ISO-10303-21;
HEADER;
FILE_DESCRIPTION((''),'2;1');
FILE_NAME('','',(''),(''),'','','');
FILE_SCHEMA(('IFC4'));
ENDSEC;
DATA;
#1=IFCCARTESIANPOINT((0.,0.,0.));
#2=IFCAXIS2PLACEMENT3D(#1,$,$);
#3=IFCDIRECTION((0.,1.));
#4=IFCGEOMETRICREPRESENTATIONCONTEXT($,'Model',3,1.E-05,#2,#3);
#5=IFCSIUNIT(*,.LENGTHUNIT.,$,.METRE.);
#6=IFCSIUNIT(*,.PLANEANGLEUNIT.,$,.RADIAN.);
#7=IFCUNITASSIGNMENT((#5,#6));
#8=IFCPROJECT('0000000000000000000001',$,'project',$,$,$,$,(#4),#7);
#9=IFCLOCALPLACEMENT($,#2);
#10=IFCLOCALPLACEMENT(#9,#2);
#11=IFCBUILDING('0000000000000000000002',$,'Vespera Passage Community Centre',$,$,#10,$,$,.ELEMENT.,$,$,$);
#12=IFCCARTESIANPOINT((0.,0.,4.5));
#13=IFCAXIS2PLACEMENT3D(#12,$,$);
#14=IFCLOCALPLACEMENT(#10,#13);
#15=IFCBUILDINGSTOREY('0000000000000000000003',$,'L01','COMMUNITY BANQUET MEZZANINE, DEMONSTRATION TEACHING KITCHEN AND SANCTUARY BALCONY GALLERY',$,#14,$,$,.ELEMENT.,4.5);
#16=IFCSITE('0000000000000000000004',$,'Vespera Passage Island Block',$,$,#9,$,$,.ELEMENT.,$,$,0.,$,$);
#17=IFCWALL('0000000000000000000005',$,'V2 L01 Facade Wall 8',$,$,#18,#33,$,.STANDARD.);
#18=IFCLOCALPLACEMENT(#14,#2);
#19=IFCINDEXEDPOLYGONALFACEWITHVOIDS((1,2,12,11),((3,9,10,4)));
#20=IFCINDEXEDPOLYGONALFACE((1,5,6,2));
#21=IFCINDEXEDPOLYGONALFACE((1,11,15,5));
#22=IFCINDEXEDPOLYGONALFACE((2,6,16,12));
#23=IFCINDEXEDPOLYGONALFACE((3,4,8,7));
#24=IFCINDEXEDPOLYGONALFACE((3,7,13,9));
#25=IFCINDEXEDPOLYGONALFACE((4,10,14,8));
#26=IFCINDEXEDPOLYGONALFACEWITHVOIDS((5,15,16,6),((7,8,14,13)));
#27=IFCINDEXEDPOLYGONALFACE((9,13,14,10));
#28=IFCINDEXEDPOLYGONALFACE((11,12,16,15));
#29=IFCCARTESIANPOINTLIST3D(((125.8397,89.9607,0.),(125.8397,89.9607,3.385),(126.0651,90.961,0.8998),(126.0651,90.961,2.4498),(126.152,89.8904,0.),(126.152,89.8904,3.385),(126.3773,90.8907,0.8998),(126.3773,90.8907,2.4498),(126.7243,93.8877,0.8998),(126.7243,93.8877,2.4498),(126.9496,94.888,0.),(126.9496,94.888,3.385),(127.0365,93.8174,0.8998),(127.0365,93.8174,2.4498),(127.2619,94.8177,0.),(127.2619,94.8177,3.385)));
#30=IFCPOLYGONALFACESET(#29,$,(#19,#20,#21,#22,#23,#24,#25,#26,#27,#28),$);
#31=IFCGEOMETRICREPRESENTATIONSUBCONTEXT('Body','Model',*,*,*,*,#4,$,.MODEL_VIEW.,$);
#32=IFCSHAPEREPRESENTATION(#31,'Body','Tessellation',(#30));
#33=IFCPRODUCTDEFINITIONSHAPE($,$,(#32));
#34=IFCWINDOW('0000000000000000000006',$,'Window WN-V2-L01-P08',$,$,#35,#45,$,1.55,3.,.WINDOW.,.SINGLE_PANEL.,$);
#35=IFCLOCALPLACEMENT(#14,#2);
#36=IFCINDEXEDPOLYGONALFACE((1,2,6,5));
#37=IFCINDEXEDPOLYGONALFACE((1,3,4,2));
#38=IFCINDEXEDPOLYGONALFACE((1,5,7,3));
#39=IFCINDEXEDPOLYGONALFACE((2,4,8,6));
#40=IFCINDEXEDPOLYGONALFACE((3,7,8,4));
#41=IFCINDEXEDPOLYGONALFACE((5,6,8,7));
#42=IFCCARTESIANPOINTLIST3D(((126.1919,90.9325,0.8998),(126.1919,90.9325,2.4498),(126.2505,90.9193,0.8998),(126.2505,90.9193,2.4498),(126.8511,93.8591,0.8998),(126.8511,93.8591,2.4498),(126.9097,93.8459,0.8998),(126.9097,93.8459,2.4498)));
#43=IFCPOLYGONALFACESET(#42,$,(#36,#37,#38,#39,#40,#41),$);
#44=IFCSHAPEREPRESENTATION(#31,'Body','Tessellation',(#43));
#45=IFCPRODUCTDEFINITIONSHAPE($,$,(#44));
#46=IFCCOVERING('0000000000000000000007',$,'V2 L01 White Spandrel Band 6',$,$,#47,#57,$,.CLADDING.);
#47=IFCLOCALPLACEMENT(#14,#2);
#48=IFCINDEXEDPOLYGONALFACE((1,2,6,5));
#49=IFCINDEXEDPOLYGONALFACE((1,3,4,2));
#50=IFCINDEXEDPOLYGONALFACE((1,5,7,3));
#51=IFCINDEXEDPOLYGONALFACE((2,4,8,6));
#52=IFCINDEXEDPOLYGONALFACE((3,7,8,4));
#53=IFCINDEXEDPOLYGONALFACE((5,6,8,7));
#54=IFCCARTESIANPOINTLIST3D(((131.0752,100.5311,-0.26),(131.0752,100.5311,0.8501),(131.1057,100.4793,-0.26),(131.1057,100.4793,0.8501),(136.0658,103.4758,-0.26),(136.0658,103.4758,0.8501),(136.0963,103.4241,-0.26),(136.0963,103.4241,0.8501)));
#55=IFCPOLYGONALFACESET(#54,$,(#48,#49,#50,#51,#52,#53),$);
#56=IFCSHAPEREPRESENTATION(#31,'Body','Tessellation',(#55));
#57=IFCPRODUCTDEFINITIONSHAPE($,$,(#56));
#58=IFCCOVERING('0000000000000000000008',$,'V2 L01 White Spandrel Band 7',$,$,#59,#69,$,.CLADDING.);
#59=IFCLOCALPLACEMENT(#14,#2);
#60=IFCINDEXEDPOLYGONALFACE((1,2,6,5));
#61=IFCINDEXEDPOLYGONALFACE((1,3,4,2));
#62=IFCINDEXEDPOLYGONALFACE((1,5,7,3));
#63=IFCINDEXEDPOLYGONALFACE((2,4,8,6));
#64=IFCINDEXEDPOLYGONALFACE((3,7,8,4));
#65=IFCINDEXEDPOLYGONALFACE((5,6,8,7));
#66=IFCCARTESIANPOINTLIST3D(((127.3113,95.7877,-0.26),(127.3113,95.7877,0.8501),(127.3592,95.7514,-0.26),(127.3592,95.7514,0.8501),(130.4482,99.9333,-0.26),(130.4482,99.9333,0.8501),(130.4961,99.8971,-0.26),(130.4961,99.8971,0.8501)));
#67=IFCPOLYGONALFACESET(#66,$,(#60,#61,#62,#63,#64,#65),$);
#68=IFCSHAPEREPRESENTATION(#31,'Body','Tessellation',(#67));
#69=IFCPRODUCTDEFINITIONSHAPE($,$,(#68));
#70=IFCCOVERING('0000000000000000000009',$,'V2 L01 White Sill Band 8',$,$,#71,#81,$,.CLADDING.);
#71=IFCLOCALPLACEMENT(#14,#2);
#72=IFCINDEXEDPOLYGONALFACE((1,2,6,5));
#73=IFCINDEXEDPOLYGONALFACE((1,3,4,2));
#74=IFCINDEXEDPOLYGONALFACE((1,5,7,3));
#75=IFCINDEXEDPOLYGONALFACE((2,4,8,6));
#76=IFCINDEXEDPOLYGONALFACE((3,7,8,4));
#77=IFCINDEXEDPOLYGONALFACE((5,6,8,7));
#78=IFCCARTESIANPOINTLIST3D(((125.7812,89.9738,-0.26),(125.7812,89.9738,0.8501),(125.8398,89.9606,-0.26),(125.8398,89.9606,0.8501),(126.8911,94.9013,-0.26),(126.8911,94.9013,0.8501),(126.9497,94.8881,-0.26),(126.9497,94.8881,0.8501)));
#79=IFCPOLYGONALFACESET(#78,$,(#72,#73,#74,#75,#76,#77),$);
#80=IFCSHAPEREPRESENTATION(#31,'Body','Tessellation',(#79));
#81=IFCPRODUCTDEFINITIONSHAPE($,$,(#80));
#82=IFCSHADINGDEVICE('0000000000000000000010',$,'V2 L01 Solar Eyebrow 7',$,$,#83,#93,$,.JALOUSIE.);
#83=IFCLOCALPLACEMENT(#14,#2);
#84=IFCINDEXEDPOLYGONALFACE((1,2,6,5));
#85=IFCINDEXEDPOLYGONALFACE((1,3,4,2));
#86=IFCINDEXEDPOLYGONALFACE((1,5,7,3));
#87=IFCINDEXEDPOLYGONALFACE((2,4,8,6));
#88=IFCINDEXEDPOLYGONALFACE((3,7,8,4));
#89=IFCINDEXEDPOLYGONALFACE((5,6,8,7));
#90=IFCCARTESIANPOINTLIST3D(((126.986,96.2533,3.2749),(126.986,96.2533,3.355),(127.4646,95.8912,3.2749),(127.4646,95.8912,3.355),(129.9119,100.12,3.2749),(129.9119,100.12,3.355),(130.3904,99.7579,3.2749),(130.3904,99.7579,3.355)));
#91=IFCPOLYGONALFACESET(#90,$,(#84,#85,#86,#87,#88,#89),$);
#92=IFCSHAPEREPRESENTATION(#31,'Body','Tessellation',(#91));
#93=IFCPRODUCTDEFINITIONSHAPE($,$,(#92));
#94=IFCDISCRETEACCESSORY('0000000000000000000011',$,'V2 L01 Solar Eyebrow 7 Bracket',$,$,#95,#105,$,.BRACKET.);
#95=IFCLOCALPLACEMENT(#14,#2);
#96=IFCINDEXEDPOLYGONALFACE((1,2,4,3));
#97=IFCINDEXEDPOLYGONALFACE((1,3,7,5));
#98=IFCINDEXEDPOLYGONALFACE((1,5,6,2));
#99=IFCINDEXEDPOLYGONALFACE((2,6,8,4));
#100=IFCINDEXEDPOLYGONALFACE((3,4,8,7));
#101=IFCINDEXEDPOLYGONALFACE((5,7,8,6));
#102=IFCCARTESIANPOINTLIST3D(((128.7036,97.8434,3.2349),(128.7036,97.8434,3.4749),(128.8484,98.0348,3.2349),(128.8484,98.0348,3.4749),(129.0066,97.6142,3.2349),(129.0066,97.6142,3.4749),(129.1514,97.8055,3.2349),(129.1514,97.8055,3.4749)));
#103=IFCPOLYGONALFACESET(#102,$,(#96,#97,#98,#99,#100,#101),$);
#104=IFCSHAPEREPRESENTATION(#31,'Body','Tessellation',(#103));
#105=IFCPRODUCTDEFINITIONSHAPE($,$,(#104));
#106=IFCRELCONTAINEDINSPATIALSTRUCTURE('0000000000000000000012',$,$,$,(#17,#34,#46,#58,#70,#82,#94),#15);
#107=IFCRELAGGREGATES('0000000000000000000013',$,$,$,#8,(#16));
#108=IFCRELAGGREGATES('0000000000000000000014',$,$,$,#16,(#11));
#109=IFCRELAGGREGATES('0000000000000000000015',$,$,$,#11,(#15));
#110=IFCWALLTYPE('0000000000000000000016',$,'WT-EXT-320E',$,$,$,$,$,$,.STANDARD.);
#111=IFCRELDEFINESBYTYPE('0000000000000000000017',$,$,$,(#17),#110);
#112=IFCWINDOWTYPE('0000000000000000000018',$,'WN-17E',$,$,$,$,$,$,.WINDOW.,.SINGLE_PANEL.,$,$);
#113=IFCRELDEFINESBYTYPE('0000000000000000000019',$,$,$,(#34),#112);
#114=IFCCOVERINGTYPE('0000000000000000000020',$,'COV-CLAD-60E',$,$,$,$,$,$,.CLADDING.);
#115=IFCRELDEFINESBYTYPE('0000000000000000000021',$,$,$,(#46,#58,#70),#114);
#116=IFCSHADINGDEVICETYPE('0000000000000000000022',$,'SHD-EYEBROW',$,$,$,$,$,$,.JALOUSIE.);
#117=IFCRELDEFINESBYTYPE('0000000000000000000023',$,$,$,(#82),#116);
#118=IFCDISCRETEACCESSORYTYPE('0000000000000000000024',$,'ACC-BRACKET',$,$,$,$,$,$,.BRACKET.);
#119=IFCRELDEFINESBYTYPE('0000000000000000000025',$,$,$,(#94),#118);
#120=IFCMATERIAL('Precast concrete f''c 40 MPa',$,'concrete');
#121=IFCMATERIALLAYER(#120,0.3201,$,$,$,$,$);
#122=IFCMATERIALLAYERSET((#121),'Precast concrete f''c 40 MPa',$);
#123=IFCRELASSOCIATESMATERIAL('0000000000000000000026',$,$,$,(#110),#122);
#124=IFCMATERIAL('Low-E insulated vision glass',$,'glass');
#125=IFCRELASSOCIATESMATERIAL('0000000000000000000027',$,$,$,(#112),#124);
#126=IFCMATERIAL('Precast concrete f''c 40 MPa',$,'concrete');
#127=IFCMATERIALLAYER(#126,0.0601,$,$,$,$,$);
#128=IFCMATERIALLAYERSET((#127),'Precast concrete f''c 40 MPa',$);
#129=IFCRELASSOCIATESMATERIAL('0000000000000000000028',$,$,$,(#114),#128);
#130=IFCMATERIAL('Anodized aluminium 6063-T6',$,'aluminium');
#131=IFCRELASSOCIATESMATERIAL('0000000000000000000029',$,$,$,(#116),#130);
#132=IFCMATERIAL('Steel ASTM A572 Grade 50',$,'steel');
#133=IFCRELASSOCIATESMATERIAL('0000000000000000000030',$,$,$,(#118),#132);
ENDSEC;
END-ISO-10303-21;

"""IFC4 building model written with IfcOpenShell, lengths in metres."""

from ifc_helpers import new_model, si_unit, direction, frame, frame_2d, origin, origin_2d, place, context, subcontext, project, spatial, rectangle, extrude, material, layer, layer_set, type_object, element, fill, save


model = new_model("IFC4")

# Units and contexts
model_context = context("Model", 3, precision=1e-05, world=origin(), true_north=direction((0.0, 1.0)))
body_context = subcontext(model_context, "Body", "Model", "MODEL_VIEW")
ifc_project = project(units=[si_unit("LENGTHUNIT", "METRE"), si_unit("PLANEANGLEUNIT", "RADIAN")], contexts=[model_context])

# Site, building, storey
site_placement = place(None, origin())
site = spatial("IfcSite", under=ifc_project, at=site_placement, Name="Vespera Passage Island Block", CompositionType="ELEMENT", RefElevation=0.0)
building_placement = place(site_placement, origin())
building = spatial("IfcBuilding", under=site, at=building_placement, Name="Vespera Passage Community Centre", CompositionType="ELEMENT")
storey_placement = place(building_placement, frame((0.0, 0.0, 4.5)))
storey = spatial("IfcBuildingStorey", under=building, at=storey_placement, Name="L01", Description="COMMUNITY BANQUET MEZZANINE, DEMONSTRATION TEACHING KITCHEN AND SANCTUARY BALCONY GALLERY", CompositionType="ELEMENT", Elevation=4.5)

# Shared definitions
ifc_material_1 = material(Name="Precast concrete f'c 40 MPa", Category="concrete")
ifc_layer_1 = layer(ifc_material_1, 0.3201)
ifc_layer_set_1 = layer_set([ifc_layer_1], Name="Precast concrete f'c 40 MPa")
wall_type = type_object("IfcWallType", Name="WT-EXT-320E", PredefinedType="STANDARD", material=ifc_layer_set_1)

# Wall, opening, window
wall_1_placement = place(storey_placement, frame((125.9958, 89.9255, 0.0), z_axis=(0.0, 0.0, 1.0), x_axis=(0.219745, 0.975557, 0.0)))
wall_1 = element("IfcWall", 1, at=wall_1_placement, inside=storey, type_object=wall_type, Name="V2 L01 Facade Wall 8", PredefinedType="STANDARD", context=body_context, shape_type="SweptSolid", body=[
    extrude(rectangle(XDim=5.0508, YDim=0.3201, at=frame_2d((2.5254, 0.0))), origin(), (0.0, 0.0, 1.0), 3.385),
])
opening_placement = place(wall_1_placement, frame((1.0254, 0.0, 0.8999)))
opening = element("IfcOpeningElement", 2, at=opening_placement, cuts=wall_1, PredefinedType="OPENING", context=body_context, shape_type="SweptSolid", body=[
    extrude(rectangle(XDim=3.0, YDim=1.55, at=frame_2d((1.5, 0.7749))), frame((0.0, 0.1702, 0.0), z_axis=(0.0, -1.0, 0.0), x_axis=(1.0, 0.0, 0.0)), (0.0, 0.0, 1.0), 0.3401),
])
ifc_material_2 = material(Name="Low-E insulated vision glass", Category="glass")
window_type = type_object("IfcWindowType", Name="WN-17E", PartitioningType="SINGLE_PANEL", PredefinedType="WINDOW", material=ifc_material_2)
window_placement = place(opening_placement, origin())
window = element("IfcWindow", 3, at=window_placement, inside=storey, type_object=window_type, Name="Window WN-V2-L01-P08", OverallHeight=1.55, OverallWidth=3.0, PartitioningType="SINGLE_PANEL", PredefinedType="WINDOW", context=body_context, shape_type="SweptSolid", body=[
    extrude(rectangle(XDim=3.0, YDim=1.55, at=frame_2d((1.5, 0.7749))), frame((0.0, 0.03, 0.0), z_axis=(0.0, -1.0, 0.0), x_axis=(1.0, 0.0, 0.0)), (0.0, 0.0, 1.0), 0.0601),
])
fill(opening, window)

# Coverings
ifc_material_3 = material(Name="Precast concrete f'c 40 MPa", Category="concrete")
ifc_layer_2 = layer(ifc_material_3, 0.0601)
ifc_layer_set_2 = layer_set([ifc_layer_2], Name="Precast concrete f'c 40 MPa")
covering_type = type_object("IfcCoveringType", Name="COV-CLAD-60E", PredefinedType="CLADDING", material=ifc_layer_set_2)
covering_1_placement = place(storey_placement, frame((131.0903, 100.5051, -0.26), z_axis=(0.0, 0.0, 1.0), x_axis=(0.861247, 0.508187, 0.0)))
element("IfcCovering", 4, at=covering_1_placement, inside=storey, type_object=covering_type, Name="V2 L01 White Spandrel Band 6", PredefinedType="CLADDING", context=body_context, shape_type="SweptSolid", body=[
    extrude(rectangle(XDim=5.7947, YDim=0.0601, at=frame_2d((2.8975, 0.0))), origin(), (0.0, 0.0, 1.0), 1.1101),
])
covering_2_placement = place(storey_placement, frame((127.3352, 95.7695, -0.26), z_axis=(0.0, 0.0, 1.0), x_axis=(0.603398, 0.79744, 0.0)))
element("IfcCovering", 5, at=covering_2_placement, inside=storey, type_object=covering_type, Name="V2 L01 White Spandrel Band 7", PredefinedType="CLADDING", context=body_context, shape_type="SweptSolid", body=[
    extrude(rectangle(XDim=5.1987, YDim=0.0601, at=frame_2d((2.5994, 0.0))), origin(), (0.0, 0.0, 1.0), 1.1101),
])
covering_3_placement = place(storey_placement, frame((125.8105, 89.9673, -0.26), z_axis=(0.0, 0.0, 1.0), x_axis=(0.219734, 0.97556, 0.0)))
element("IfcCovering", 6, at=covering_3_placement, inside=storey, type_object=covering_type, Name="V2 L01 White Sill Band 8", PredefinedType="CLADDING", context=body_context, shape_type="SweptSolid", body=[
    extrude(rectangle(XDim=5.051, YDim=0.0601, at=frame_2d((2.5254, 0.0))), origin(), (0.0, 0.0, 1.0), 1.1101),
])

# Shading device
ifc_material_4 = material(Name="Anodized aluminium 6063-T6", Category="aluminium")
shading_device_type = type_object("IfcShadingDeviceType", Name="SHD-EYEBROW", PredefinedType="JALOUSIE", material=ifc_material_4)
shading_device_placement = place(storey_placement, frame((128.6882, 98.0056, 3.2749), z_axis=(0.0, 0.0, 1.0), x_axis=(0.603403, 0.797437, 0.0)))
element("IfcShadingDevice", 7, at=shading_device_placement, inside=storey, type_object=shading_device_type, Name="V2 L01 Solar Eyebrow 7", PredefinedType="JALOUSIE", context=body_context, shape_type="SweptSolid", body=[
    extrude(rectangle(XDim=4.8489, YDim=0.6001, at=origin_2d()), origin(), (0.0, 0.0, 1.0), 0.0801),
])

# Discrete accessory
ifc_material_5 = material(Name="Steel ASTM A572 Grade 50", Category="steel")
discrete_accessory_type = type_object("IfcDiscreteAccessoryType", Name="ACC-BRACKET", PredefinedType="BRACKET", material=ifc_material_5)
discrete_accessory_placement = place(storey_placement, frame((128.9275, 97.8245, 3.2349), z_axis=(0.0, 0.0, 1.0), x_axis=(0.603403, 0.797437, 0.0)))
element("IfcDiscreteAccessory", 8, at=discrete_accessory_placement, inside=storey, type_object=discrete_accessory_type, Name="V2 L01 Solar Eyebrow 7 Bracket", PredefinedType="BRACKET", context=body_context, shape_type="SweptSolid", body=[
    extrude(rectangle(XDim=0.24, YDim=0.3799, at=origin_2d()), origin(), (0.0, 0.0, 1.0), 0.24),
])

save(model, "model.ifc")
